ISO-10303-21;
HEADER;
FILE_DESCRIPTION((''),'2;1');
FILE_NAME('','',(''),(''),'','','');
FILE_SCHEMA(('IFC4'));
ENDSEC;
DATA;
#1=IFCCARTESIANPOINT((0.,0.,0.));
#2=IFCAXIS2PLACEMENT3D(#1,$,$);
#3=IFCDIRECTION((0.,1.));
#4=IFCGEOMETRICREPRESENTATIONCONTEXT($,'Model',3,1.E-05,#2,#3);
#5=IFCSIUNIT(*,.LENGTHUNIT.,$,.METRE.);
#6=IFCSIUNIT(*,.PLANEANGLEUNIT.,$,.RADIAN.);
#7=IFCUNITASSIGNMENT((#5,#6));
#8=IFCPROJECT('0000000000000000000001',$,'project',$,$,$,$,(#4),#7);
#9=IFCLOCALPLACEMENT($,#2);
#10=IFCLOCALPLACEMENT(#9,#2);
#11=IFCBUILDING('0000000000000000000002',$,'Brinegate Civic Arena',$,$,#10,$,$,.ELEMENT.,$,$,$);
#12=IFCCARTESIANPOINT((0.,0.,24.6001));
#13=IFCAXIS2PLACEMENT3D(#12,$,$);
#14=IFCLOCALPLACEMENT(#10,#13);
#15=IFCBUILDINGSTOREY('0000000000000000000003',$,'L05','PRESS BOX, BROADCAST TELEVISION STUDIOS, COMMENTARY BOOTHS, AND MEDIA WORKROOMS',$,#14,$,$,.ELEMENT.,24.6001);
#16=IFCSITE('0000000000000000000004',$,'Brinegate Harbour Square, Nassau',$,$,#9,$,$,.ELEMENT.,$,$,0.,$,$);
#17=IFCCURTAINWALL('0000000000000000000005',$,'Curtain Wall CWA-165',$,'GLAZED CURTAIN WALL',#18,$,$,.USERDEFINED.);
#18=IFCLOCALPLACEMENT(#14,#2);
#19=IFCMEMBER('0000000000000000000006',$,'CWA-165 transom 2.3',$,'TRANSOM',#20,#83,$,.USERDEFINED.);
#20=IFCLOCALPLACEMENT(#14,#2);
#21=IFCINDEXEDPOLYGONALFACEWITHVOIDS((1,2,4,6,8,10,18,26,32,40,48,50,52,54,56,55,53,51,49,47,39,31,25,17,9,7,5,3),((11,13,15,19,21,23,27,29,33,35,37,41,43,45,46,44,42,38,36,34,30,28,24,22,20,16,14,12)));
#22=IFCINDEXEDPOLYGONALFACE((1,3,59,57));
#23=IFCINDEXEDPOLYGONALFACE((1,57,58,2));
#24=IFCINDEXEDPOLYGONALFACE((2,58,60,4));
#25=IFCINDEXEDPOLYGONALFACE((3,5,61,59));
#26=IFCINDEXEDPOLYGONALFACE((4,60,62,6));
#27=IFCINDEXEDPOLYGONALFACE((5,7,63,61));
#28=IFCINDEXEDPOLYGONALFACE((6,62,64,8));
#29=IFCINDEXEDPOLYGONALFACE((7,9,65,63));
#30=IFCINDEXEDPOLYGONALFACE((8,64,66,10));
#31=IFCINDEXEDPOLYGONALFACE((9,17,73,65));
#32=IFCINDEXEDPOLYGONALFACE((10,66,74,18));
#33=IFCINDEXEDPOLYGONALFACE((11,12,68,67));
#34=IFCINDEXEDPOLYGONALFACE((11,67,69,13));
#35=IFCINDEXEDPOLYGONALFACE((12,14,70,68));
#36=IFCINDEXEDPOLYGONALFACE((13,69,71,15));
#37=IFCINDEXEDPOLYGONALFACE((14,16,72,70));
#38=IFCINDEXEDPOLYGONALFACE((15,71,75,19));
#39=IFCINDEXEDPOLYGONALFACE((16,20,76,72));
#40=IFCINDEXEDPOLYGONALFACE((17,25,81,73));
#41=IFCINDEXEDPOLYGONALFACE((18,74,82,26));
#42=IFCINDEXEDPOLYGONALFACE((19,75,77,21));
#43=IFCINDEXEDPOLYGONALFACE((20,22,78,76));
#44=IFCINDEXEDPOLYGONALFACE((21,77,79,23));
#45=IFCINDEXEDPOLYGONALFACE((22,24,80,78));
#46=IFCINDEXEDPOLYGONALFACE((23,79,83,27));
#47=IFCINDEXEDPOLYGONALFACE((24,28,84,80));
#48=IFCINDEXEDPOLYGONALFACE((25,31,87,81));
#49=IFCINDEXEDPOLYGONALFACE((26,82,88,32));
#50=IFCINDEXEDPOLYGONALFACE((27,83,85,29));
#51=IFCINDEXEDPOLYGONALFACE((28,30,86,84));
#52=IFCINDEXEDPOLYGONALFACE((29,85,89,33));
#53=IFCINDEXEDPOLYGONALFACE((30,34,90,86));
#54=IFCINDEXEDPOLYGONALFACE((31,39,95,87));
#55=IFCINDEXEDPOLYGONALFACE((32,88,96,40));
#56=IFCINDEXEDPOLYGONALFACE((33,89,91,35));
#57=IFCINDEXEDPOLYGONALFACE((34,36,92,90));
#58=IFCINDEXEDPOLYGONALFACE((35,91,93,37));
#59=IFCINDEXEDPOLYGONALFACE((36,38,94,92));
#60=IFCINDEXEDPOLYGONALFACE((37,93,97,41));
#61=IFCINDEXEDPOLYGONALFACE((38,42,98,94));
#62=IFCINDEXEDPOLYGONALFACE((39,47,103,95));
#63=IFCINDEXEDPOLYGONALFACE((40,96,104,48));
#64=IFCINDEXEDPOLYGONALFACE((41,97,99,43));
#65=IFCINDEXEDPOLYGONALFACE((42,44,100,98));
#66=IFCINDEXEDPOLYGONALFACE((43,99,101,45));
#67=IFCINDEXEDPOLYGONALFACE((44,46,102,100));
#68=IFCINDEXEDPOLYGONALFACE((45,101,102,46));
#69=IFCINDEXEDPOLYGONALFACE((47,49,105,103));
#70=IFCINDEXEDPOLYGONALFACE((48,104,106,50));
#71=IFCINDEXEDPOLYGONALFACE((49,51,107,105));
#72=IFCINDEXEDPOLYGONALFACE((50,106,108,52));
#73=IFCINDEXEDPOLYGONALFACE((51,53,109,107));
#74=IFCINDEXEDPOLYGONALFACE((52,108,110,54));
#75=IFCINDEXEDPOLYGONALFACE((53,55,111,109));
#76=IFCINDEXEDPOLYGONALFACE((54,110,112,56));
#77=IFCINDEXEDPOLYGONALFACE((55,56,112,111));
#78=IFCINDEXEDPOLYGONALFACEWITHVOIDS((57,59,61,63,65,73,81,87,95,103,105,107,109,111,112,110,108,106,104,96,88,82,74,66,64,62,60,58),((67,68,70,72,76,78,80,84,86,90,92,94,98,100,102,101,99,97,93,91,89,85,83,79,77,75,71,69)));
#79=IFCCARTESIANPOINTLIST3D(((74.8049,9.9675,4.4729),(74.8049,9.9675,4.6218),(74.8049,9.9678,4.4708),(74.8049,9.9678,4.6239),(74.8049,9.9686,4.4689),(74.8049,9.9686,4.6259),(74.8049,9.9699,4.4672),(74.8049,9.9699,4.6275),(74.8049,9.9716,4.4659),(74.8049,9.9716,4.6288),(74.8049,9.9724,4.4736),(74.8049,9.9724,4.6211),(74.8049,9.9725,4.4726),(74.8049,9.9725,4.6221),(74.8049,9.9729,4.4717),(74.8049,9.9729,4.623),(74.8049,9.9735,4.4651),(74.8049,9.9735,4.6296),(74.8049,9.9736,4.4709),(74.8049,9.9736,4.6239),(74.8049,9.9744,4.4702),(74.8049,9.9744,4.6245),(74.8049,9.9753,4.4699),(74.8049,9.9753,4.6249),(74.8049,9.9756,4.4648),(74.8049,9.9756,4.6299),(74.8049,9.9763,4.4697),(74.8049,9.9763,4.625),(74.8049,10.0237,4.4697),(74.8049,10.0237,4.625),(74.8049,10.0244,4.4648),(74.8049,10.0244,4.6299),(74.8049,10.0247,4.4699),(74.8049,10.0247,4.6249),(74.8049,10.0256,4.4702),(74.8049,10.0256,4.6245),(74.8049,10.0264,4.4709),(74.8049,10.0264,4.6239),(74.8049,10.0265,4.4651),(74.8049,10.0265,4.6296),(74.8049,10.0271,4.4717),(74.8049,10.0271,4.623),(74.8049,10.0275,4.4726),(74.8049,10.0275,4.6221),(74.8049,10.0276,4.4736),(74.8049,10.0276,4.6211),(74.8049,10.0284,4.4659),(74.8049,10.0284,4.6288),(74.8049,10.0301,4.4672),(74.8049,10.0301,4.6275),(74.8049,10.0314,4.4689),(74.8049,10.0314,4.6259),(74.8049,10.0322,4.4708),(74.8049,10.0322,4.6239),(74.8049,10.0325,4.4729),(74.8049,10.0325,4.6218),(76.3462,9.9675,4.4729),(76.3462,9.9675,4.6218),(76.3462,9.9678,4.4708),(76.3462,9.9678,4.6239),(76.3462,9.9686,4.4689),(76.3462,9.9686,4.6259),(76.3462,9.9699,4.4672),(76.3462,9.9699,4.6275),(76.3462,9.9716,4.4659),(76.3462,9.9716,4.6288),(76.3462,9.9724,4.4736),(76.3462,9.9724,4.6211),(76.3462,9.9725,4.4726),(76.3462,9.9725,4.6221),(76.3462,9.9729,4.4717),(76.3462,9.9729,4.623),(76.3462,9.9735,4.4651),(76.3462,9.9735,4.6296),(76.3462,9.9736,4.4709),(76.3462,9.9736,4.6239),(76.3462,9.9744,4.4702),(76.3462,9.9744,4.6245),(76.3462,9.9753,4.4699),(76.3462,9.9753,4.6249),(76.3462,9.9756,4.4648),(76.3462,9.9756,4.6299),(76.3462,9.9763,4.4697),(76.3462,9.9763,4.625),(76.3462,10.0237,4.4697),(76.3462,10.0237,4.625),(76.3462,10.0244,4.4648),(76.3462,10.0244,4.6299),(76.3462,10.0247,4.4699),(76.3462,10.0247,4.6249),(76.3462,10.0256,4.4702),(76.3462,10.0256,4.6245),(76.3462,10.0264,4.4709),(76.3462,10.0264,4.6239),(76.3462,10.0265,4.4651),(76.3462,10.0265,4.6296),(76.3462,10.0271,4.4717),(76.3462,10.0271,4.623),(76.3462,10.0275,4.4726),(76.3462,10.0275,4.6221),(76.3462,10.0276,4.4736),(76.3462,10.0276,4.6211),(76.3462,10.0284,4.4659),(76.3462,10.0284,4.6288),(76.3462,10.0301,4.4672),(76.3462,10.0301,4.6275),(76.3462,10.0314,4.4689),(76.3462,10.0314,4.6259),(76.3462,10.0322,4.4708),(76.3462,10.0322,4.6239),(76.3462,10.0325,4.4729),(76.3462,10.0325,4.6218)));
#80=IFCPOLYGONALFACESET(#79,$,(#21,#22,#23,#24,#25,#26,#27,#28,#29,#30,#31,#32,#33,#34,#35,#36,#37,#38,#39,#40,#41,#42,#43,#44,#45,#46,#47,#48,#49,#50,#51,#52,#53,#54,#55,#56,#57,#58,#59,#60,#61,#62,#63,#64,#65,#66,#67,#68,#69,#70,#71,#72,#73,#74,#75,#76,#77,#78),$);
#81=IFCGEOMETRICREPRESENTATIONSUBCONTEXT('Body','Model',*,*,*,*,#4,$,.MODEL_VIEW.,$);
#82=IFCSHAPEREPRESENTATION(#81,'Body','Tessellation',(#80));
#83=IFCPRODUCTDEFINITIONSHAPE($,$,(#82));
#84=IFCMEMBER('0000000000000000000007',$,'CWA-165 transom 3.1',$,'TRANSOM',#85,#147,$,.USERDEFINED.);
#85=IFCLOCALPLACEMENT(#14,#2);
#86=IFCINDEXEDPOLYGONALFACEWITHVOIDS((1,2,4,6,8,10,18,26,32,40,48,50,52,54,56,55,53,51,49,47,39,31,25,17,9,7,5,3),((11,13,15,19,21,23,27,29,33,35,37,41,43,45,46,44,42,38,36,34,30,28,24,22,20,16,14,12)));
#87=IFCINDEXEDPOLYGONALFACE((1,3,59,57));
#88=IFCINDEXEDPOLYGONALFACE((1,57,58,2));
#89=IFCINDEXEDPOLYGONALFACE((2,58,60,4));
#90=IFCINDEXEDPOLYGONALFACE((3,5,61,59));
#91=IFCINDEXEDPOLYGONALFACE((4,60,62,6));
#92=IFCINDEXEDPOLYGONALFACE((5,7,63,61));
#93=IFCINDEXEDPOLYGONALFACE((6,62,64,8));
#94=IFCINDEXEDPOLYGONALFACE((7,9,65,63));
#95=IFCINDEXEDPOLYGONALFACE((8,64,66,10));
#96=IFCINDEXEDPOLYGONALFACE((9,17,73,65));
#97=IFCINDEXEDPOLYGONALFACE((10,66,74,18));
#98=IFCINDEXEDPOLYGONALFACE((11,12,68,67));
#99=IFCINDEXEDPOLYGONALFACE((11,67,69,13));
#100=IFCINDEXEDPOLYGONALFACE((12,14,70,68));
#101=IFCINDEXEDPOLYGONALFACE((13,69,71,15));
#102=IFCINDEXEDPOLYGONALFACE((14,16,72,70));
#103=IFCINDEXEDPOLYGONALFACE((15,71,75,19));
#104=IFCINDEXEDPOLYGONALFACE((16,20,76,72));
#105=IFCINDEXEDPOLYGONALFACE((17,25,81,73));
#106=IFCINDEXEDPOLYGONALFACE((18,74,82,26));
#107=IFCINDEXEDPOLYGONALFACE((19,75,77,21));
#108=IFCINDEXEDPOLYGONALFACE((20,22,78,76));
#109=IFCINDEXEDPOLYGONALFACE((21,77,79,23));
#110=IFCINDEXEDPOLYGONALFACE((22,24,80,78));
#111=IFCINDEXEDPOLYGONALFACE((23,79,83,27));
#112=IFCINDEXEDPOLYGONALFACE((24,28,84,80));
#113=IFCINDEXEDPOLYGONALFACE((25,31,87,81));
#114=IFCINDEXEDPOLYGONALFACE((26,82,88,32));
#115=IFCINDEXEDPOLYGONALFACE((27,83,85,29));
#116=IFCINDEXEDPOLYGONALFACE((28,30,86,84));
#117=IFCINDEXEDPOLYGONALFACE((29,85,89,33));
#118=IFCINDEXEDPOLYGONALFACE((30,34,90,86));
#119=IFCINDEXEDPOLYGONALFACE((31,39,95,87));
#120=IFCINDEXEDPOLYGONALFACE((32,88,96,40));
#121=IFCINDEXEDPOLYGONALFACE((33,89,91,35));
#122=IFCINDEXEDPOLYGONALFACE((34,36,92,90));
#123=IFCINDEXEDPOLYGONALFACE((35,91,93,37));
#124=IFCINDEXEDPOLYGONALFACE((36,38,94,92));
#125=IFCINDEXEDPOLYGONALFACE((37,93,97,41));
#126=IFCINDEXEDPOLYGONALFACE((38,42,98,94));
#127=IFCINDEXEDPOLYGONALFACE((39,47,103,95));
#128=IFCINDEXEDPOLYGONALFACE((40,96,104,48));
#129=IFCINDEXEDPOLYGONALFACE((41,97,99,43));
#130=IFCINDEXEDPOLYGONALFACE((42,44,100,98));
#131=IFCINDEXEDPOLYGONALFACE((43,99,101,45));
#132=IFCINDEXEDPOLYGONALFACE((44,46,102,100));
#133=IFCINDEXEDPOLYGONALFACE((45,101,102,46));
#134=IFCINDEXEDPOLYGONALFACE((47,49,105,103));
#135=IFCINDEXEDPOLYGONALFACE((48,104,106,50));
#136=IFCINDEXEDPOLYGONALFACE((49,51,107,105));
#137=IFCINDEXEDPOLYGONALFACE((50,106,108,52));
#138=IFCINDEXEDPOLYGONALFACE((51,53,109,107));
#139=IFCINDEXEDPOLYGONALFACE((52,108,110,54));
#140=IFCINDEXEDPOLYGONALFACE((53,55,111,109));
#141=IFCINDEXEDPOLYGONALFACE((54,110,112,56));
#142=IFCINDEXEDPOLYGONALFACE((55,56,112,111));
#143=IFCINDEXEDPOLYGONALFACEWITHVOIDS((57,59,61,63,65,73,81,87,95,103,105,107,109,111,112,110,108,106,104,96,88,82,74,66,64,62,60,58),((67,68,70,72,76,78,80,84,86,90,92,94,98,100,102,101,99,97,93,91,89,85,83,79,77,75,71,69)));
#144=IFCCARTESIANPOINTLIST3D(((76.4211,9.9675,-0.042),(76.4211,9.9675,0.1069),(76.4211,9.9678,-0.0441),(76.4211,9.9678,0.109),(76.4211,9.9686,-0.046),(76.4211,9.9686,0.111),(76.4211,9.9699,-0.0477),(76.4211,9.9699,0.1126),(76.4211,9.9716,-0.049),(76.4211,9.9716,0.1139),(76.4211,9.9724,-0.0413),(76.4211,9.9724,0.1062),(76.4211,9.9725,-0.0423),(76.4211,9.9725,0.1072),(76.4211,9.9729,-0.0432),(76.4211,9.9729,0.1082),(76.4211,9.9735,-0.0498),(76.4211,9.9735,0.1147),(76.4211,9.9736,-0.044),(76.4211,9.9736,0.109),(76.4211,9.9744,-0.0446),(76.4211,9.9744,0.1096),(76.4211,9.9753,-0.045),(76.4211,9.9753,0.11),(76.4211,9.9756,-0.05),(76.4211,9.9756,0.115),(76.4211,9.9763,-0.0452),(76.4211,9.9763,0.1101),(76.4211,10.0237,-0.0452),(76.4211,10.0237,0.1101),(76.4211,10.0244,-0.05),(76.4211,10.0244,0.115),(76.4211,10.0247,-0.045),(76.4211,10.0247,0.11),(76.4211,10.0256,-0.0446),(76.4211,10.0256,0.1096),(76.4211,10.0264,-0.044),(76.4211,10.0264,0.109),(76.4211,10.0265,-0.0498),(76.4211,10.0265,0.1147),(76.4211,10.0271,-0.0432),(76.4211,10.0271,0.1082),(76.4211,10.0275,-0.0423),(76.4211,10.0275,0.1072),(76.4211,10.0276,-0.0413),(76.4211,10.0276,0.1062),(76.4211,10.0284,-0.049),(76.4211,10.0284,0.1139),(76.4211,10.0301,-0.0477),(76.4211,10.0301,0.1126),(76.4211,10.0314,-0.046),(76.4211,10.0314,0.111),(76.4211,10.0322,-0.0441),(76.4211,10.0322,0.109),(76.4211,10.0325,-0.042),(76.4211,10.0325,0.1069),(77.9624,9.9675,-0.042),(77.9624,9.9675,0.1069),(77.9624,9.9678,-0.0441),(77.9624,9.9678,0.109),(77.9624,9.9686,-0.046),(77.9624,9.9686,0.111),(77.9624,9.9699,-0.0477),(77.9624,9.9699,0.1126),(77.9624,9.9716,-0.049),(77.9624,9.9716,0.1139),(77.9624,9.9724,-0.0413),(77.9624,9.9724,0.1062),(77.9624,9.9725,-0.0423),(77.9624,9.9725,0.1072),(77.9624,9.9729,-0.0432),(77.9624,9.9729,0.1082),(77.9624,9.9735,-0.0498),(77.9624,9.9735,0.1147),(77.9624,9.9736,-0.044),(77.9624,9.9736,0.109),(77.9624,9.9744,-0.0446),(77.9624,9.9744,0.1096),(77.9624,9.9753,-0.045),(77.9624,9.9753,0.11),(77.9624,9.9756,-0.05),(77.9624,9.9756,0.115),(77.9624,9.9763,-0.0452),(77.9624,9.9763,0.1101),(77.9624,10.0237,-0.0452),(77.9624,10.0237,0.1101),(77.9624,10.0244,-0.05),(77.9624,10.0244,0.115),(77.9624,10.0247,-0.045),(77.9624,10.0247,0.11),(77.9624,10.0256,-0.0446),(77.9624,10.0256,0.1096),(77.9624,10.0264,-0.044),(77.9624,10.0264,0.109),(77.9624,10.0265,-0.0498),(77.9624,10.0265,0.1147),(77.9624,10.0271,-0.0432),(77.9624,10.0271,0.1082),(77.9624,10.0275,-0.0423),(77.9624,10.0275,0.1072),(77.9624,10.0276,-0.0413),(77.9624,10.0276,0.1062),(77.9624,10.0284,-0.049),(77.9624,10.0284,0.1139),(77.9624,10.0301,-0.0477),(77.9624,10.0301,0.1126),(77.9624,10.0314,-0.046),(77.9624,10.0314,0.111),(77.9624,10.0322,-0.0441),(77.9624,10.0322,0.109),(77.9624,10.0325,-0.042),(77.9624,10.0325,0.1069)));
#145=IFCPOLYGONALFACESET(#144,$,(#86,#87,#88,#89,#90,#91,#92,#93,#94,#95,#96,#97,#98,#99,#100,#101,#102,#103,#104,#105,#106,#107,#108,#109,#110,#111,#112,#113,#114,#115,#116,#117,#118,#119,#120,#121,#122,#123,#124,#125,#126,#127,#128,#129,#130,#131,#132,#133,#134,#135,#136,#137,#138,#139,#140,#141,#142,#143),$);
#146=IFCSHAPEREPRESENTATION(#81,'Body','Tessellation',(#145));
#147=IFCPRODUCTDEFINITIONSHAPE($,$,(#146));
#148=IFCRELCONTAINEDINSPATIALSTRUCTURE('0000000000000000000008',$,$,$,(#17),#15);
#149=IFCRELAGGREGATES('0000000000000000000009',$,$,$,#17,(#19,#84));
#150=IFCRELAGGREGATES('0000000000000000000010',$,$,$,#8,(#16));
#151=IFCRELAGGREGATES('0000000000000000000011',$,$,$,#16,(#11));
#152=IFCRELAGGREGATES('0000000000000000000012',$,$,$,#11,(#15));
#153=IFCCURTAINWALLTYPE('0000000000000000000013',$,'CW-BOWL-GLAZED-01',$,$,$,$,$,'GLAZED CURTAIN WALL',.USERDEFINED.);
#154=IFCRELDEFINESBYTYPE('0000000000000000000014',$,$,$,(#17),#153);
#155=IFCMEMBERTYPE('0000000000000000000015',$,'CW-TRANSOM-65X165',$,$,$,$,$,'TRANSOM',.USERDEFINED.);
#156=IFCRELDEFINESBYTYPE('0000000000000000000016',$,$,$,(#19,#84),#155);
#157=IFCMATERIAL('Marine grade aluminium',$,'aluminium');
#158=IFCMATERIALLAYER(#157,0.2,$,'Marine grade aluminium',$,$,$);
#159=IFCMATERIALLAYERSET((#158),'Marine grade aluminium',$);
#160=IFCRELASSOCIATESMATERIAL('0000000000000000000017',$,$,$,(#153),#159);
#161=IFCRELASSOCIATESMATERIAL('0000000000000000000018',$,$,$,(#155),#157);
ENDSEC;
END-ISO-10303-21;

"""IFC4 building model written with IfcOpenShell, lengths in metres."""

from ifc_helpers import new_model, si_unit, direction, frame, origin, origin_2d, place, context, subcontext, project, spatial, hollow_rectangle, extrude, material, layer, layer_set, material_profile, profile_set, type_object, element, aggregate, save


model = new_model("IFC4")

# Units and contexts
model_context = context("Model", 3, precision=1e-05, world=origin(), true_north=direction((0.0, 1.0)))
body_context = subcontext(model_context, "Body", "Model", "MODEL_VIEW")
ifc_project = project(units=[si_unit("LENGTHUNIT", "METRE"), si_unit("PLANEANGLEUNIT", "RADIAN")], contexts=[model_context])

# Site, building, storey
site_placement = place(None, origin())
site = spatial("IfcSite", under=ifc_project, at=site_placement, Name="Brinegate Harbour Square, Nassau", CompositionType="ELEMENT", RefElevation=0.0)
building_placement = place(site_placement, origin())
building = spatial("IfcBuilding", under=site, at=building_placement, Name="Brinegate Civic Arena", CompositionType="ELEMENT")
storey_placement = place(building_placement, frame((0.0, 0.0, 24.6001)))
storey = spatial("IfcBuildingStorey", under=building, at=storey_placement, Name="L05", Description="PRESS BOX, BROADCAST TELEVISION STUDIOS, COMMENTARY BOOTHS, AND MEDIA WORKROOMS", CompositionType="ELEMENT", Elevation=24.6001)

# Curtain wall, members
ifc_material_1 = material(Name="Marine grade aluminium", Category="aluminium")
ifc_layer_1 = layer(ifc_material_1, 0.2, Name="Marine grade aluminium")
ifc_layer_set_1 = layer_set([ifc_layer_1], Name="Marine grade aluminium")
curtain_wall_type = type_object("IfcCurtainWallType", Name="CW-BOWL-GLAZED-01", ElementType="GLAZED CURTAIN WALL", PredefinedType="USERDEFINED", material=ifc_layer_set_1)
curtain_wall_placement = place(storey_placement, origin())
curtain_wall = element("IfcCurtainWall", 1, at=curtain_wall_placement, inside=storey, type_object=curtain_wall_type, Name="Curtain Wall CWA-165", ObjectType="GLAZED CURTAIN WALL", PredefinedType="USERDEFINED")
ifc_material_profile_1 = material_profile(ifc_material_1, hollow_rectangle(XDim=0.0649, YDim=0.165, WallThickness=0.0049, InnerFilletRadius=0.0039, OuterFilletRadius=0.0081, at=origin_2d()), Name="TRN65X165")
ifc_profile_set_1 = profile_set([ifc_material_profile_1], Name="Marine grade aluminium")
member_type_1 = type_object("IfcMemberType", Name="CW-TRANSOM-65X165", ElementType="TRANSOM", PredefinedType="USERDEFINED", material=ifc_profile_set_1)
member_1_placement = place(storey_placement, frame((74.8049, 10.0, 4.5474), z_axis=(1.0, 0.0, 0.0), x_axis=(0.0, 1.0, 0.0)))
member_1 = element("IfcMember", 2, at=member_1_placement, type_object=member_type_1, Name="CWA-165 transom 2.3", ObjectType="TRANSOM", PredefinedType="USERDEFINED", context=body_context, shape_type="SweptSolid", body=[
    extrude(hollow_rectangle(XDim=0.0649, YDim=0.165, WallThickness=0.0049, InnerFilletRadius=0.0039, OuterFilletRadius=0.0081, at=origin_2d()), origin(), (0.0, 0.0, 1.0), 1.5413),
])
member_2_placement = place(storey_placement, frame((76.4211, 10.0, 0.0325), z_axis=(1.0, 0.0, 0.0), x_axis=(0.0, 1.0, 0.0)))
member_2 = element("IfcMember", 3, at=member_2_placement, type_object=member_type_1, Name="CWA-165 transom 3.1", ObjectType="TRANSOM", PredefinedType="USERDEFINED", context=body_context, shape_type="SweptSolid", body=[
    extrude(hollow_rectangle(XDim=0.0649, YDim=0.165, WallThickness=0.0049, InnerFilletRadius=0.0039, OuterFilletRadius=0.0081, at=origin_2d()), origin(), (0.0, 0.0, 1.0), 1.5413),
])
aggregate(curtain_wall, [member_1, member_2])

save(model, "model.ifc")
